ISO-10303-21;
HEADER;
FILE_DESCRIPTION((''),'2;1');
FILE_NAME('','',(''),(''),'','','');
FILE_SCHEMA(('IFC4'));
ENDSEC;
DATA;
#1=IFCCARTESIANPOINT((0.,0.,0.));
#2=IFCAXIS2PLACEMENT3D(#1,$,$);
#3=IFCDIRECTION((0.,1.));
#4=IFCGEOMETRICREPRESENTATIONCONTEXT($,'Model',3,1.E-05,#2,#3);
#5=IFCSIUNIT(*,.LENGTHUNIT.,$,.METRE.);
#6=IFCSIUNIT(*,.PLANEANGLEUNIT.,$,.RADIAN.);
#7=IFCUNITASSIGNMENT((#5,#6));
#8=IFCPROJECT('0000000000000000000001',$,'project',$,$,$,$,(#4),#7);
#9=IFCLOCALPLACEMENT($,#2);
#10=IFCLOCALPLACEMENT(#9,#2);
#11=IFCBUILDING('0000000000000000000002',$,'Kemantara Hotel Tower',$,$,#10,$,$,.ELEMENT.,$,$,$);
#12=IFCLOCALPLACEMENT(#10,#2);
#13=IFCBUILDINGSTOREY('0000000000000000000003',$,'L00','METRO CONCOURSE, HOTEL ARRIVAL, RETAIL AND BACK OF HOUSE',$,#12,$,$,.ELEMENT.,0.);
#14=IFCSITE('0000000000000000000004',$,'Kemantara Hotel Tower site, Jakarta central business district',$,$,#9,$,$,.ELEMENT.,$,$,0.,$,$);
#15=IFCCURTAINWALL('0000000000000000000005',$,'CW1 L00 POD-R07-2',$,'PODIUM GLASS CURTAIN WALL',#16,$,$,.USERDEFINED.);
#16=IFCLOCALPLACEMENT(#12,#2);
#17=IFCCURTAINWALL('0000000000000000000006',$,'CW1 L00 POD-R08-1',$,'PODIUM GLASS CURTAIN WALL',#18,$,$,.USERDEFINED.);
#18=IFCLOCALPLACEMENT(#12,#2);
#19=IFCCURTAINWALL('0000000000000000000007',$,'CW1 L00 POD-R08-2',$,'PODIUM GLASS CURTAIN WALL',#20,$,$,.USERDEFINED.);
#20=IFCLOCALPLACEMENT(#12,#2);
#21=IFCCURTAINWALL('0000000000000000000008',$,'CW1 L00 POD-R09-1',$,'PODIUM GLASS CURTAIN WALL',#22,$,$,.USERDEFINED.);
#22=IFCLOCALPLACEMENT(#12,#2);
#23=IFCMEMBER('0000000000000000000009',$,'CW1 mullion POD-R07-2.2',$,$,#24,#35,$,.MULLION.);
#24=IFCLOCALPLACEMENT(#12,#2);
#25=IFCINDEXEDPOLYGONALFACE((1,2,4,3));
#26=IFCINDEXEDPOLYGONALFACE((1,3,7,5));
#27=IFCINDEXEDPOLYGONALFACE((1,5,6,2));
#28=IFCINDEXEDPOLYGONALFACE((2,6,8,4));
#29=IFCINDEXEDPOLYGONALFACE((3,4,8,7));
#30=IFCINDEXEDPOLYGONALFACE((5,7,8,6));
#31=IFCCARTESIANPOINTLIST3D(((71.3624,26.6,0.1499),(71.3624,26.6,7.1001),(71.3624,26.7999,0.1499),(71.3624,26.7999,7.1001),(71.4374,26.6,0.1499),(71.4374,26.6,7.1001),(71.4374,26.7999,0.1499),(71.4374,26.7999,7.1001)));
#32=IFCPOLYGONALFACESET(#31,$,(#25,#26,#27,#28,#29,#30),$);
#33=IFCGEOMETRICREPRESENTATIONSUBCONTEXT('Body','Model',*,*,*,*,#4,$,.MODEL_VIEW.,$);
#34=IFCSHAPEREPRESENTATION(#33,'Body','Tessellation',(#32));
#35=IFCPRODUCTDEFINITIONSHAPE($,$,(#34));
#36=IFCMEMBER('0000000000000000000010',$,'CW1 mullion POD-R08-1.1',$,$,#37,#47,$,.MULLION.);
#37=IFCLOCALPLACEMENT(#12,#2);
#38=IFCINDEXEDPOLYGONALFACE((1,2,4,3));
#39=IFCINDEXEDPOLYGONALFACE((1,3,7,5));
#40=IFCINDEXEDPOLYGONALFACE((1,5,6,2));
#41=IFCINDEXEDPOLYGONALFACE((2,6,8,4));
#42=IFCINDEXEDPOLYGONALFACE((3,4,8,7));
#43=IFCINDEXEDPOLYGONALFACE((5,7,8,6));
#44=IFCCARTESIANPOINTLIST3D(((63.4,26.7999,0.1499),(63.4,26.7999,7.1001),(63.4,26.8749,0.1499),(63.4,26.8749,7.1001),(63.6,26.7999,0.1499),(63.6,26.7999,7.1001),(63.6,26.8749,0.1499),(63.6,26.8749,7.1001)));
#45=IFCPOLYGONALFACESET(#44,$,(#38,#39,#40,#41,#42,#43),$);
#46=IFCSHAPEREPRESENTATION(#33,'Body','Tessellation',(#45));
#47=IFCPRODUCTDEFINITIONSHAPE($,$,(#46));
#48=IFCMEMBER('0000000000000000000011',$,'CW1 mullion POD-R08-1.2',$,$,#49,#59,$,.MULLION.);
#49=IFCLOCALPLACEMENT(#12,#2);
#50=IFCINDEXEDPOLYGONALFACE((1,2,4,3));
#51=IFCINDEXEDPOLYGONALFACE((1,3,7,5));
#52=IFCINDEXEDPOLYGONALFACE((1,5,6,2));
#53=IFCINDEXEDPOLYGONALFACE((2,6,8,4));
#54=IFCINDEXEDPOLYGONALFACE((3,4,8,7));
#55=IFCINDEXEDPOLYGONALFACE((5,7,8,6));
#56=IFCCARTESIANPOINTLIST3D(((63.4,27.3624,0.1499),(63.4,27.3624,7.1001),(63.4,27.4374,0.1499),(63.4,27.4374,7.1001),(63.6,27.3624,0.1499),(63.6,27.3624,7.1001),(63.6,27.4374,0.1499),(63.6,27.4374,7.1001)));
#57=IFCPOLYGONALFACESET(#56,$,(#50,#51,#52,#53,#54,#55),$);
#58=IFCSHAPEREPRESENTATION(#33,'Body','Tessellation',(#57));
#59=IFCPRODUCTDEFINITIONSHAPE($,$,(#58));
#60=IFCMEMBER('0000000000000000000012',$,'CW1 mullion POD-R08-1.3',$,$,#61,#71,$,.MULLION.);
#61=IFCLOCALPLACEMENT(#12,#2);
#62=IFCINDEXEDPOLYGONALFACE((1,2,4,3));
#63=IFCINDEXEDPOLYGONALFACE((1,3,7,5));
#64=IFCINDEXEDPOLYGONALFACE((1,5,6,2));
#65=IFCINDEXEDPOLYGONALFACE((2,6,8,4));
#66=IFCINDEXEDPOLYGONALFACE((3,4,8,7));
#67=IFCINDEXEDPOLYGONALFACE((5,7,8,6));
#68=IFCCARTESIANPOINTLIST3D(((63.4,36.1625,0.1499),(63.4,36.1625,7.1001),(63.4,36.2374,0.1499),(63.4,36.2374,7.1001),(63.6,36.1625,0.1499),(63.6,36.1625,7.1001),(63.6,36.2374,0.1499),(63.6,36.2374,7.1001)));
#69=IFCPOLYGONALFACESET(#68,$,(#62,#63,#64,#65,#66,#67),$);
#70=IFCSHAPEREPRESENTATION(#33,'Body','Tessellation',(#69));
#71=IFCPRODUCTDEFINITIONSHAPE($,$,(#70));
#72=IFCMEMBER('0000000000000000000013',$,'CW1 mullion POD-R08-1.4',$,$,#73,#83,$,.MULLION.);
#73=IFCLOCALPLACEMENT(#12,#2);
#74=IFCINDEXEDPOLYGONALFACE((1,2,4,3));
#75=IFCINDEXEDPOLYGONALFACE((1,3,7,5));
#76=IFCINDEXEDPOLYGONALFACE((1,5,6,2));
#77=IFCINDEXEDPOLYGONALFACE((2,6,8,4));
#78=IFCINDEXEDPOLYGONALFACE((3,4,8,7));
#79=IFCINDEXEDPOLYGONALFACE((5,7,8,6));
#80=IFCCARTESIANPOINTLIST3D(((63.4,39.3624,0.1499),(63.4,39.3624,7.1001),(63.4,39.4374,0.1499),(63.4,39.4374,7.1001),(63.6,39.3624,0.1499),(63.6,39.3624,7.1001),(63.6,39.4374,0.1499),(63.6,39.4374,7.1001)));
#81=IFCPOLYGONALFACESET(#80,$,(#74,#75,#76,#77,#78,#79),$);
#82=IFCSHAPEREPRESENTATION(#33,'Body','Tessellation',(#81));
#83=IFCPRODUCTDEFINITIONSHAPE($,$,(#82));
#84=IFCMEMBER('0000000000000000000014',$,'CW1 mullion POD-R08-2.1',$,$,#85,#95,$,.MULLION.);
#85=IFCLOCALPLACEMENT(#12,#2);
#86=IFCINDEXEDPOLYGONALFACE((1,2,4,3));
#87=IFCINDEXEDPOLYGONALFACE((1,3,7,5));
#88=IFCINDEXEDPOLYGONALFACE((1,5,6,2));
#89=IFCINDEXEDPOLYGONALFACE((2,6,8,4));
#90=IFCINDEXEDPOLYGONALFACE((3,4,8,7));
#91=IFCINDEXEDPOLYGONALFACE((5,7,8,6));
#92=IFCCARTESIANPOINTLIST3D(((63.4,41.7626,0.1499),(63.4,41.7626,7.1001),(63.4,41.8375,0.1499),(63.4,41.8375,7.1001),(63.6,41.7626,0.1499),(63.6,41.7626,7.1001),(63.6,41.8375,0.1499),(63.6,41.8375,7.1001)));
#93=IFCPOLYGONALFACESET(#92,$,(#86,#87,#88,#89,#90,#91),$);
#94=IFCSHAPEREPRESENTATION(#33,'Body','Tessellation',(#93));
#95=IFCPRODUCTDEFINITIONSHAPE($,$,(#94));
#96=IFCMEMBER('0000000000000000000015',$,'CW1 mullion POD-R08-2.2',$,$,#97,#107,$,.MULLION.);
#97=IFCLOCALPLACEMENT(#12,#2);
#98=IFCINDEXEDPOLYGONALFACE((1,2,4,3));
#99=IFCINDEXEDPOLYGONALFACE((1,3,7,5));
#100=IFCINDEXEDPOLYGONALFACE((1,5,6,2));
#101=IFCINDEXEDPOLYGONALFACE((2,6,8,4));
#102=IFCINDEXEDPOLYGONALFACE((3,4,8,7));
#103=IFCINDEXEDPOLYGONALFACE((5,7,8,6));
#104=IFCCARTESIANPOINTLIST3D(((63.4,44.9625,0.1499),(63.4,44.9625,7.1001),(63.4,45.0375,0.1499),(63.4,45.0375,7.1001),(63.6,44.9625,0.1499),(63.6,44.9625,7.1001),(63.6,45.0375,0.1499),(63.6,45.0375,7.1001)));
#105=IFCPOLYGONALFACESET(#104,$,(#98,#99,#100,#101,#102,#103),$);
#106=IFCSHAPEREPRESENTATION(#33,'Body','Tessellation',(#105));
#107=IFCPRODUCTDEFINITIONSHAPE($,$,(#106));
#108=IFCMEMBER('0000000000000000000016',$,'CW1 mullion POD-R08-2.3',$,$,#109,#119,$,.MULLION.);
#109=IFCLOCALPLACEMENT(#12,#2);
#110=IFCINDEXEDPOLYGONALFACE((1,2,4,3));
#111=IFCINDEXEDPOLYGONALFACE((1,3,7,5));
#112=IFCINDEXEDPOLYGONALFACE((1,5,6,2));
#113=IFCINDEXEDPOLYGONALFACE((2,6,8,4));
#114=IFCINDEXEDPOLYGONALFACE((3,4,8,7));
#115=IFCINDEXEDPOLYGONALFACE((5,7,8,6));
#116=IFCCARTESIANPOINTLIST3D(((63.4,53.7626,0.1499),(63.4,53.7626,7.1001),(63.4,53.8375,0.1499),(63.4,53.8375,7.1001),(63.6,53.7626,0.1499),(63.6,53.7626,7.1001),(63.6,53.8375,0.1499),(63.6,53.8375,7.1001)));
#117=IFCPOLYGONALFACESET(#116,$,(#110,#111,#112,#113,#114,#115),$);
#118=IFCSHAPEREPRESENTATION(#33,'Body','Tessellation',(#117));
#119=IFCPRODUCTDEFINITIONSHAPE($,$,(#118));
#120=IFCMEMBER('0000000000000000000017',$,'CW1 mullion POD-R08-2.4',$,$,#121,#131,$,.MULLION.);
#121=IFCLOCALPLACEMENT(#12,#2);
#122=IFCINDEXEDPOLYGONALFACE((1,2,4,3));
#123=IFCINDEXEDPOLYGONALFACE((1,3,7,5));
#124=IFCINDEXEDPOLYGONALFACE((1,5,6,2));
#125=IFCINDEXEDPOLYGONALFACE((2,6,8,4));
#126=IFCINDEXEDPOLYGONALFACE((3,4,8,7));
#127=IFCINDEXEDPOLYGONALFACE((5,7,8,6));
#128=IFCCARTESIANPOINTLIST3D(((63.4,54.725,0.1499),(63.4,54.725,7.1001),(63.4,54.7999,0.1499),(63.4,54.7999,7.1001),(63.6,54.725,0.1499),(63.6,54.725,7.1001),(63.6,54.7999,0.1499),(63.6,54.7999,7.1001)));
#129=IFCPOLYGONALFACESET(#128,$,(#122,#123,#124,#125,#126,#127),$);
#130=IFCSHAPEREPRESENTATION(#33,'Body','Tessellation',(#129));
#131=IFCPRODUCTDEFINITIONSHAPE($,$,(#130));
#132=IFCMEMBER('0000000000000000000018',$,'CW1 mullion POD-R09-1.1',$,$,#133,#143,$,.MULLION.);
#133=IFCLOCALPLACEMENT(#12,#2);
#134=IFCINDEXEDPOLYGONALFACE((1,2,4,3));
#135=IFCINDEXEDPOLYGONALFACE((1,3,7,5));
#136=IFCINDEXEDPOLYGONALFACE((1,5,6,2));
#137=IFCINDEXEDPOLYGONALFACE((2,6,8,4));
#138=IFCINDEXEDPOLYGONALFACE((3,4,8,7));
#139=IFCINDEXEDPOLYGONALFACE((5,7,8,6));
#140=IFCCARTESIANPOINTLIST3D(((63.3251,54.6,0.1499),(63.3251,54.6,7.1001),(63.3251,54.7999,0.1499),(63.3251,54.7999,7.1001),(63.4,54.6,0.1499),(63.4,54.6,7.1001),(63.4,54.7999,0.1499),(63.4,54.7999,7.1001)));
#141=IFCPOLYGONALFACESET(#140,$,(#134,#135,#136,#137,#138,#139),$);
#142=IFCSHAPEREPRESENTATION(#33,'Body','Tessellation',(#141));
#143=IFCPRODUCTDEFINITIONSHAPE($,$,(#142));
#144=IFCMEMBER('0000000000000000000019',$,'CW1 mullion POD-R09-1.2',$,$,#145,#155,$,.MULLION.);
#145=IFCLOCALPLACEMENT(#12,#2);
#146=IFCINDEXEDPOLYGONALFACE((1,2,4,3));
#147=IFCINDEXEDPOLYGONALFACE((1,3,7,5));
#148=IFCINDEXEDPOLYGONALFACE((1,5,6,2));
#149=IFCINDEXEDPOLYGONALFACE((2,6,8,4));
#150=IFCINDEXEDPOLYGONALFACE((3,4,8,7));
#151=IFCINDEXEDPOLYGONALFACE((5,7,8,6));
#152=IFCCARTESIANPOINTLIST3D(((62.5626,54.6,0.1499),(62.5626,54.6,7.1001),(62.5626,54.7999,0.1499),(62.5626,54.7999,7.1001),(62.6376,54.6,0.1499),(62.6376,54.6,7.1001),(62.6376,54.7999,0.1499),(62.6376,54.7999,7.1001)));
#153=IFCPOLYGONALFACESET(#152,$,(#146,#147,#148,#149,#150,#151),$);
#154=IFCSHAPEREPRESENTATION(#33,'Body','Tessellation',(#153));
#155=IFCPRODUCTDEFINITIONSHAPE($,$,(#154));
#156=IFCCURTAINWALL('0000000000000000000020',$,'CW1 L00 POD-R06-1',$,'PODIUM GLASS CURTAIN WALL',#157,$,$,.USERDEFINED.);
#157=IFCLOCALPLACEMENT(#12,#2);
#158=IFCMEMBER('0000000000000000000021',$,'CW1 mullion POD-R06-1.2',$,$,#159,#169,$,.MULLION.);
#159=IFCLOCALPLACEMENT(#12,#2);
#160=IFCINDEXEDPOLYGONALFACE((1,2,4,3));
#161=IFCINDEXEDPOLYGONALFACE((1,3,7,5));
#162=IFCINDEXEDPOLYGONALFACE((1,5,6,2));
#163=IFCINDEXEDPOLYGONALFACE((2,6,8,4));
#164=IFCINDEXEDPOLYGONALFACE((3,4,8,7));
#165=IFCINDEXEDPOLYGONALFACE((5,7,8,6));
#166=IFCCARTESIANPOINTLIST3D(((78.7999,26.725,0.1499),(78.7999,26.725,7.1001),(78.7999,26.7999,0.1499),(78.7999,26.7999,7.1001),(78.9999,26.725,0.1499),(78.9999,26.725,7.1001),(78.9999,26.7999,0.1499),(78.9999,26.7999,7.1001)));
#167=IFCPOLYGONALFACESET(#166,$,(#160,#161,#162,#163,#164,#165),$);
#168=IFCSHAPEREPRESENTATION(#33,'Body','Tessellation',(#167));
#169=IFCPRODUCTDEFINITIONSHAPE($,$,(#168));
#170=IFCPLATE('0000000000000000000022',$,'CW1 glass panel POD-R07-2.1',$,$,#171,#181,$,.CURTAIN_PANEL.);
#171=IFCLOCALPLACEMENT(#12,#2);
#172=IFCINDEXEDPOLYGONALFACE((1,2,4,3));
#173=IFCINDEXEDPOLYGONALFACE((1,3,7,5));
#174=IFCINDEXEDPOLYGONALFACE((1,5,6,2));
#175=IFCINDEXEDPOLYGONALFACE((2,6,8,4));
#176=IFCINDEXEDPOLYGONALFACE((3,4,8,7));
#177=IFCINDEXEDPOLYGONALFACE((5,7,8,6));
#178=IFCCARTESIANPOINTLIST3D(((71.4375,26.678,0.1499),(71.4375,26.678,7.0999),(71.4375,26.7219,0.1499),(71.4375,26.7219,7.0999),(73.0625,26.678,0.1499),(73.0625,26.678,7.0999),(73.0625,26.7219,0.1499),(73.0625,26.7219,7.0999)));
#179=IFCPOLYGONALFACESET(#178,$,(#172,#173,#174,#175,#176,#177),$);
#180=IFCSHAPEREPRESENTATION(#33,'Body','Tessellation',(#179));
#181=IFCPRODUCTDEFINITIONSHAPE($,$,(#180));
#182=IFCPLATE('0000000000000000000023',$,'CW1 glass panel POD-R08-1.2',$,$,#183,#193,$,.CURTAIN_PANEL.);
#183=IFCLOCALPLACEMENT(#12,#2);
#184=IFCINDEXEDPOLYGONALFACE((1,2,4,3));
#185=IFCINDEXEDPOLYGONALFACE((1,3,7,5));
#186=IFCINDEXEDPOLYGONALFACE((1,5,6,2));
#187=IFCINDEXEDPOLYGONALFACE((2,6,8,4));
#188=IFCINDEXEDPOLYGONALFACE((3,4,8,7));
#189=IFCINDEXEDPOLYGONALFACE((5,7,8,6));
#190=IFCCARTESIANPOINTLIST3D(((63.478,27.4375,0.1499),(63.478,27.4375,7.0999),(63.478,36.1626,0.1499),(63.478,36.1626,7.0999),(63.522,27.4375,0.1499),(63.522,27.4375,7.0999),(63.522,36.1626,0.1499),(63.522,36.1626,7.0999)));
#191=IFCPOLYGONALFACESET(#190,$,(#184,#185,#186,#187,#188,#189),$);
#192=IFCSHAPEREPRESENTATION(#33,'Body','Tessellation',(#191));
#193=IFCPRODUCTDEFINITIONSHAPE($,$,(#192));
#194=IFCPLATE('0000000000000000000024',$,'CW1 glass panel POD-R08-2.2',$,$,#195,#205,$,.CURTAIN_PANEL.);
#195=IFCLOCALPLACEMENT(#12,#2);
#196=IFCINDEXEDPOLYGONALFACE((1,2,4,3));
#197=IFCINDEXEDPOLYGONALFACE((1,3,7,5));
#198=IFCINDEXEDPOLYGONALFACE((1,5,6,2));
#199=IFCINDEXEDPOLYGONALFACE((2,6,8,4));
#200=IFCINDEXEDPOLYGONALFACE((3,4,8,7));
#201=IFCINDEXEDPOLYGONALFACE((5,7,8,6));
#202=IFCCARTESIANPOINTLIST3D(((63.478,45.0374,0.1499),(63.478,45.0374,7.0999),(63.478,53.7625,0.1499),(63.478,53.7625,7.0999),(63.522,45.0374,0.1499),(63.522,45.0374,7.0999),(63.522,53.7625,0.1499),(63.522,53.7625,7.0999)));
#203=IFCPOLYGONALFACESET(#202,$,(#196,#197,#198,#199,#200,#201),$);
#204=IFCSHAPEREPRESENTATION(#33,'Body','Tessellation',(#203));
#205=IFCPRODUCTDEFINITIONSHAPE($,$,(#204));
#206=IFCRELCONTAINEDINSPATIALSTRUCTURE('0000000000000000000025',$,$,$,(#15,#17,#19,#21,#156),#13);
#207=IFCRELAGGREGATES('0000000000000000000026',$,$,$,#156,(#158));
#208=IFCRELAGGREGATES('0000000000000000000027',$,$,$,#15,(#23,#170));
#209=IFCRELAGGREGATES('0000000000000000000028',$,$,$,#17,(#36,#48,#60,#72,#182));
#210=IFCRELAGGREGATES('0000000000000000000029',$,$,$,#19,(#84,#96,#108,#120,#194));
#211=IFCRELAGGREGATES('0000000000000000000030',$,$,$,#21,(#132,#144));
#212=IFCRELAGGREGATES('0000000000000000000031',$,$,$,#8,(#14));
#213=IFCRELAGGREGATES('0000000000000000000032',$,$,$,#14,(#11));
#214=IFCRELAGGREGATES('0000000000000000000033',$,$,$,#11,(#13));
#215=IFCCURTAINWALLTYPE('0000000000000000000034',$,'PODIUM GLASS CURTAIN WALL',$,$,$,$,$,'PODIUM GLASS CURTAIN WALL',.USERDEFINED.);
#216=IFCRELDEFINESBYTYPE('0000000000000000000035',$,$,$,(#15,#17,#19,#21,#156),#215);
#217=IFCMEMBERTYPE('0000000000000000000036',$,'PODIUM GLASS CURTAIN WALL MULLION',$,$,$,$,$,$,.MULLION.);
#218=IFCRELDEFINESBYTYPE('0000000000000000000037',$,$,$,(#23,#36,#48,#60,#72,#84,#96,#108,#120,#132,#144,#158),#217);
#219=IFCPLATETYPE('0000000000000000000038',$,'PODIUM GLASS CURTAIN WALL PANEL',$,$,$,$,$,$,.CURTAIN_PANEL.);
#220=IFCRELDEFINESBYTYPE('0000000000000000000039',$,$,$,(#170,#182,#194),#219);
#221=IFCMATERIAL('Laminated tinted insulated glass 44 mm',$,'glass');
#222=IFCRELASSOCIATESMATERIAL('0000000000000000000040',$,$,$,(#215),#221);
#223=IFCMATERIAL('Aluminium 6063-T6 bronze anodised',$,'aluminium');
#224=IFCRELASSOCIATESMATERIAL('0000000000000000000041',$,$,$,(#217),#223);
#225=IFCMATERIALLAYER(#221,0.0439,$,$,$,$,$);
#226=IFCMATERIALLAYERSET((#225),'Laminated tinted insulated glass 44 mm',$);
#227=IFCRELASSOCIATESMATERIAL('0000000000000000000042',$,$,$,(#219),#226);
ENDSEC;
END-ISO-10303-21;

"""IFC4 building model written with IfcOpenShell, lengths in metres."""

from ifc_helpers import new_model, si_unit, direction, frame, origin, origin_2d, place, context, subcontext, project, spatial, rectangle, extrude, source, transform, mapped, material, layer, layer_set, material_profile, profile_set, type_object, element, aggregate, save


model = new_model("IFC4")

# Units and contexts
model_context = context("Model", 3, precision=1e-05, world=origin(), true_north=direction((0.0, 1.0)))
body_context = subcontext(model_context, "Body", "Model", "MODEL_VIEW")
ifc_project = project(units=[si_unit("LENGTHUNIT", "METRE"), si_unit("PLANEANGLEUNIT", "RADIAN")], contexts=[model_context])

# Site, building, storey
site_placement = place(None, origin())
site = spatial("IfcSite", under=ifc_project, at=site_placement, Name="Kemantara Hotel Tower site, Jakarta central business district", CompositionType="ELEMENT", RefElevation=0.0)
building_placement = place(site_placement, origin())
building = spatial("IfcBuilding", under=site, at=building_placement, Name="Kemantara Hotel Tower", CompositionType="ELEMENT")
storey_placement = place(building_placement, origin())
storey = spatial("IfcBuildingStorey", under=building, at=storey_placement, Name="L00", Description="METRO CONCOURSE, HOTEL ARRIVAL, RETAIL AND BACK OF HOUSE", CompositionType="ELEMENT", Elevation=0.0)

# Curtain walls
ifc_material_1 = material(Name="Laminated tinted insulated glass 44 mm", Category="glass")
curtain_wall_type = type_object("IfcCurtainWallType", Name="PODIUM GLASS CURTAIN WALL", ElementType="PODIUM GLASS CURTAIN WALL", PredefinedType="USERDEFINED", material=ifc_material_1)
ifc_material_2 = material(Name="Aluminium 6063-T6 bronze anodised", Category="aluminium")
curtain_wall_1_placement = place(storey_placement, origin())
curtain_wall_1 = element("IfcCurtainWall", 1, at=curtain_wall_1_placement, inside=storey, type_object=curtain_wall_type, Name="CW1 L00 POD-R07-2", ObjectType="PODIUM GLASS CURTAIN WALL", PredefinedType="USERDEFINED")
curtain_wall_2_placement = place(storey_placement, origin())
curtain_wall_2 = element("IfcCurtainWall", 2, at=curtain_wall_2_placement, inside=storey, type_object=curtain_wall_type, Name="CW1 L00 POD-R08-1", ObjectType="PODIUM GLASS CURTAIN WALL", PredefinedType="USERDEFINED")
curtain_wall_3_placement = place(storey_placement, origin())
curtain_wall_3 = element("IfcCurtainWall", 3, at=curtain_wall_3_placement, inside=storey, type_object=curtain_wall_type, Name="CW1 L00 POD-R08-2", ObjectType="PODIUM GLASS CURTAIN WALL", PredefinedType="USERDEFINED")
curtain_wall_4_placement = place(storey_placement, origin())
curtain_wall_4 = element("IfcCurtainWall", 4, at=curtain_wall_4_placement, inside=storey, type_object=curtain_wall_type, Name="CW1 L00 POD-R09-1", ObjectType="PODIUM GLASS CURTAIN WALL", PredefinedType="USERDEFINED")

# Members
ifc_material_profile_1 = material_profile(ifc_material_2, rectangle(XDim=0.2, YDim=0.075, at=origin_2d()), Name="PODIUM GLASS CURTAIN WALL MULLION")
ifc_profile_set_1 = profile_set([ifc_material_profile_1], Name="Aluminium 6063-T6 bronze anodised")
member_type_1 = type_object("IfcMemberType", Name="PODIUM GLASS CURTAIN WALL MULLION", PredefinedType="MULLION", material=ifc_profile_set_1)
shared_shape_1 = source(origin(), body_context, "Body", "SweptSolid", [
    extrude(rectangle(XDim=0.2, YDim=0.075, at=origin_2d()), origin(), (0.0, 0.0, 1.0), 6.9502),
])
member_1_placement = place(storey_placement, frame((71.3999, 26.7, 0.1499), z_axis=(0.0, 0.0, 1.0), x_axis=(0.0, -1.0, 0.0)))
member_1 = element("IfcMember", 5, at=member_1_placement, type_object=member_type_1, Name="CW1 mullion POD-R07-2.2", PredefinedType="MULLION", context=body_context, shape_type="MappedRepresentation", body=[
    mapped(shared_shape_1, transform((0.0, 0.0, 0.0))),
])
member_2_placement = place(storey_placement, frame((63.5, 26.8374, 0.1499), z_axis=(0.0, 0.0, 1.0), x_axis=(-1.0, 0.0, 0.0)))
member_2 = element("IfcMember", 6, at=member_2_placement, type_object=member_type_1, Name="CW1 mullion POD-R08-1.1", PredefinedType="MULLION", context=body_context, shape_type="MappedRepresentation", body=[
    mapped(shared_shape_1, transform((0.0, 0.0, 0.0))),
])
member_3_placement = place(storey_placement, frame((63.5, 27.3999, 0.1499), z_axis=(0.0, 0.0, 1.0), x_axis=(-1.0, 0.0, 0.0)))
member_3 = element("IfcMember", 7, at=member_3_placement, type_object=member_type_1, Name="CW1 mullion POD-R08-1.2", PredefinedType="MULLION", context=body_context, shape_type="MappedRepresentation", body=[
    mapped(shared_shape_1, transform((0.0, 0.0, 0.0))),
])
member_4_placement = place(storey_placement, frame((63.5, 36.2, 0.1499), z_axis=(0.0, 0.0, 1.0), x_axis=(-1.0, 0.0, 0.0)))
member_4 = element("IfcMember", 8, at=member_4_placement, type_object=member_type_1, Name="CW1 mullion POD-R08-1.3", PredefinedType="MULLION", context=body_context, shape_type="MappedRepresentation", body=[
    mapped(shared_shape_1, transform((0.0, 0.0, 0.0))),
])
member_5_placement = place(storey_placement, frame((63.5, 39.3999, 0.1499), z_axis=(0.0, 0.0, 1.0), x_axis=(-1.0, 0.0, 0.0)))
member_5 = element("IfcMember", 9, at=member_5_placement, type_object=member_type_1, Name="CW1 mullion POD-R08-1.4", PredefinedType="MULLION", context=body_context, shape_type="MappedRepresentation", body=[
    mapped(shared_shape_1, transform((0.0, 0.0, 0.0))),
])
member_6_placement = place(storey_placement, frame((63.5, 41.8, 0.1499), z_axis=(0.0, 0.0, 1.0), x_axis=(-1.0, 0.0, 0.0)))
member_6 = element("IfcMember", 10, at=member_6_placement, type_object=member_type_1, Name="CW1 mullion POD-R08-2.1", PredefinedType="MULLION", context=body_context, shape_type="MappedRepresentation", body=[
    mapped(shared_shape_1, transform((0.0, 0.0, 0.0))),
])
member_7_placement = place(storey_placement, frame((63.5, 45.0, 0.1499), z_axis=(0.0, 0.0, 1.0), x_axis=(-1.0, 0.0, 0.0)))
member_7 = element("IfcMember", 11, at=member_7_placement, type_object=member_type_1, Name="CW1 mullion POD-R08-2.2", PredefinedType="MULLION", context=body_context, shape_type="MappedRepresentation", body=[
    mapped(shared_shape_1, transform((0.0, 0.0, 0.0))),
])
member_8_placement = place(storey_placement, frame((63.5, 53.8, 0.1499), z_axis=(0.0, 0.0, 1.0), x_axis=(-1.0, 0.0, 0.0)))
member_8 = element("IfcMember", 12, at=member_8_placement, type_object=member_type_1, Name="CW1 mullion POD-R08-2.3", PredefinedType="MULLION", context=body_context, shape_type="MappedRepresentation", body=[
    mapped(shared_shape_1, transform((0.0, 0.0, 0.0))),
])
member_9_placement = place(storey_placement, frame((63.5, 54.7625, 0.1499), z_axis=(0.0, 0.0, 1.0), x_axis=(-1.0, 0.0, 0.0)))
member_9 = element("IfcMember", 13, at=member_9_placement, type_object=member_type_1, Name="CW1 mullion POD-R08-2.4", PredefinedType="MULLION", context=body_context, shape_type="MappedRepresentation", body=[
    mapped(shared_shape_1, transform((0.0, 0.0, 0.0))),
])
member_10_placement = place(storey_placement, frame((63.3625, 54.7, 0.1499), z_axis=(0.0, 0.0, 1.0), x_axis=(0.0, -1.0, 0.0)))
member_10 = element("IfcMember", 14, at=member_10_placement, type_object=member_type_1, Name="CW1 mullion POD-R09-1.1", PredefinedType="MULLION", context=body_context, shape_type="MappedRepresentation", body=[
    mapped(shared_shape_1, transform((0.0, 0.0, 0.0))),
])
member_11_placement = place(storey_placement, frame((62.6001, 54.7, 0.1499), z_axis=(0.0, 0.0, 1.0), x_axis=(0.0, -1.0, 0.0)))
member_11 = element("IfcMember", 15, at=member_11_placement, type_object=member_type_1, Name="CW1 mullion POD-R09-1.2", PredefinedType="MULLION", context=body_context, shape_type="MappedRepresentation", body=[
    mapped(shared_shape_1, transform((0.0, 0.0, 0.0))),
])

# Curtain wall, member
curtain_wall_5_placement = place(storey_placement, origin())
curtain_wall_5 = element("IfcCurtainWall", 16, at=curtain_wall_5_placement, inside=storey, type_object=curtain_wall_type, Name="CW1 L00 POD-R06-1", ObjectType="PODIUM GLASS CURTAIN WALL", PredefinedType="USERDEFINED")
member_12_placement = place(storey_placement, frame((78.8999, 26.7625, 0.1499), z_axis=(0.0, 0.0, 1.0), x_axis=(-1.0, 0.0, 0.0)))
member_12 = element("IfcMember", 17, at=member_12_placement, type_object=member_type_1, Name="CW1 mullion POD-R06-1.2", PredefinedType="MULLION", context=body_context, shape_type="MappedRepresentation", body=[
    mapped(shared_shape_1, transform((0.0, 0.0, 0.0))),
])
aggregate(curtain_wall_5, [member_12])

# Plates
ifc_layer_1 = layer(ifc_material_1, 0.0439)
ifc_layer_set_1 = layer_set([ifc_layer_1], Name="Laminated tinted insulated glass 44 mm")
plate_type = type_object("IfcPlateType", Name="PODIUM GLASS CURTAIN WALL PANEL", PredefinedType="CURTAIN_PANEL", material=ifc_layer_set_1)
shared_shape_2 = source(origin(), body_context, "Body", "SweptSolid", [
    extrude(rectangle(XDim=1.625, YDim=0.0439, at=origin_2d()), origin(), (0.0, 0.0, 1.0), 6.95),
])
plate_1_placement = place(storey_placement, frame((72.25, 26.7, 0.1499), z_axis=(0.0, 0.0, 1.0), x_axis=(-1.0, 0.0, 0.0)))
plate_1 = element("IfcPlate", 18, at=plate_1_placement, type_object=plate_type, Name="CW1 glass panel POD-R07-2.1", PredefinedType="CURTAIN_PANEL", context=body_context, shape_type="MappedRepresentation", body=[
    mapped(shared_shape_2, transform((0.0, 0.0, 0.0))),
])
shared_shape_3 = source(origin(), body_context, "Body", "SweptSolid", [
    extrude(rectangle(XDim=8.7251, YDim=0.0439, at=origin_2d()), origin(), (0.0, 0.0, 1.0), 6.95),
])
plate_2_placement = place(storey_placement, frame((63.5, 31.8, 0.1499), z_axis=(0.0, 0.0, 1.0), x_axis=(0.0, 1.0, 0.0)))
plate_2 = element("IfcPlate", 19, at=plate_2_placement, type_object=plate_type, Name="CW1 glass panel POD-R08-1.2", PredefinedType="CURTAIN_PANEL", context=body_context, shape_type="MappedRepresentation", body=[
    mapped(shared_shape_3, transform((0.0, 0.0, 0.0))),
])
plate_3_placement = place(storey_placement, frame((63.5, 49.3999, 0.1499), z_axis=(0.0, 0.0, 1.0), x_axis=(0.0, 1.0, 0.0)))
plate_3 = element("IfcPlate", 20, at=plate_3_placement, type_object=plate_type, Name="CW1 glass panel POD-R08-2.2", PredefinedType="CURTAIN_PANEL", context=body_context, shape_type="MappedRepresentation", body=[
    mapped(shared_shape_3, transform((0.0, 0.0, 0.0))),
])
aggregate(curtain_wall_1, [member_1, plate_1])
aggregate(curtain_wall_2, [member_2, member_3, member_4, member_5, plate_2])
aggregate(curtain_wall_3, [member_6, member_7, member_8, member_9, plate_3])
aggregate(curtain_wall_4, [member_10, member_11])

save(model, "model.ifc")
